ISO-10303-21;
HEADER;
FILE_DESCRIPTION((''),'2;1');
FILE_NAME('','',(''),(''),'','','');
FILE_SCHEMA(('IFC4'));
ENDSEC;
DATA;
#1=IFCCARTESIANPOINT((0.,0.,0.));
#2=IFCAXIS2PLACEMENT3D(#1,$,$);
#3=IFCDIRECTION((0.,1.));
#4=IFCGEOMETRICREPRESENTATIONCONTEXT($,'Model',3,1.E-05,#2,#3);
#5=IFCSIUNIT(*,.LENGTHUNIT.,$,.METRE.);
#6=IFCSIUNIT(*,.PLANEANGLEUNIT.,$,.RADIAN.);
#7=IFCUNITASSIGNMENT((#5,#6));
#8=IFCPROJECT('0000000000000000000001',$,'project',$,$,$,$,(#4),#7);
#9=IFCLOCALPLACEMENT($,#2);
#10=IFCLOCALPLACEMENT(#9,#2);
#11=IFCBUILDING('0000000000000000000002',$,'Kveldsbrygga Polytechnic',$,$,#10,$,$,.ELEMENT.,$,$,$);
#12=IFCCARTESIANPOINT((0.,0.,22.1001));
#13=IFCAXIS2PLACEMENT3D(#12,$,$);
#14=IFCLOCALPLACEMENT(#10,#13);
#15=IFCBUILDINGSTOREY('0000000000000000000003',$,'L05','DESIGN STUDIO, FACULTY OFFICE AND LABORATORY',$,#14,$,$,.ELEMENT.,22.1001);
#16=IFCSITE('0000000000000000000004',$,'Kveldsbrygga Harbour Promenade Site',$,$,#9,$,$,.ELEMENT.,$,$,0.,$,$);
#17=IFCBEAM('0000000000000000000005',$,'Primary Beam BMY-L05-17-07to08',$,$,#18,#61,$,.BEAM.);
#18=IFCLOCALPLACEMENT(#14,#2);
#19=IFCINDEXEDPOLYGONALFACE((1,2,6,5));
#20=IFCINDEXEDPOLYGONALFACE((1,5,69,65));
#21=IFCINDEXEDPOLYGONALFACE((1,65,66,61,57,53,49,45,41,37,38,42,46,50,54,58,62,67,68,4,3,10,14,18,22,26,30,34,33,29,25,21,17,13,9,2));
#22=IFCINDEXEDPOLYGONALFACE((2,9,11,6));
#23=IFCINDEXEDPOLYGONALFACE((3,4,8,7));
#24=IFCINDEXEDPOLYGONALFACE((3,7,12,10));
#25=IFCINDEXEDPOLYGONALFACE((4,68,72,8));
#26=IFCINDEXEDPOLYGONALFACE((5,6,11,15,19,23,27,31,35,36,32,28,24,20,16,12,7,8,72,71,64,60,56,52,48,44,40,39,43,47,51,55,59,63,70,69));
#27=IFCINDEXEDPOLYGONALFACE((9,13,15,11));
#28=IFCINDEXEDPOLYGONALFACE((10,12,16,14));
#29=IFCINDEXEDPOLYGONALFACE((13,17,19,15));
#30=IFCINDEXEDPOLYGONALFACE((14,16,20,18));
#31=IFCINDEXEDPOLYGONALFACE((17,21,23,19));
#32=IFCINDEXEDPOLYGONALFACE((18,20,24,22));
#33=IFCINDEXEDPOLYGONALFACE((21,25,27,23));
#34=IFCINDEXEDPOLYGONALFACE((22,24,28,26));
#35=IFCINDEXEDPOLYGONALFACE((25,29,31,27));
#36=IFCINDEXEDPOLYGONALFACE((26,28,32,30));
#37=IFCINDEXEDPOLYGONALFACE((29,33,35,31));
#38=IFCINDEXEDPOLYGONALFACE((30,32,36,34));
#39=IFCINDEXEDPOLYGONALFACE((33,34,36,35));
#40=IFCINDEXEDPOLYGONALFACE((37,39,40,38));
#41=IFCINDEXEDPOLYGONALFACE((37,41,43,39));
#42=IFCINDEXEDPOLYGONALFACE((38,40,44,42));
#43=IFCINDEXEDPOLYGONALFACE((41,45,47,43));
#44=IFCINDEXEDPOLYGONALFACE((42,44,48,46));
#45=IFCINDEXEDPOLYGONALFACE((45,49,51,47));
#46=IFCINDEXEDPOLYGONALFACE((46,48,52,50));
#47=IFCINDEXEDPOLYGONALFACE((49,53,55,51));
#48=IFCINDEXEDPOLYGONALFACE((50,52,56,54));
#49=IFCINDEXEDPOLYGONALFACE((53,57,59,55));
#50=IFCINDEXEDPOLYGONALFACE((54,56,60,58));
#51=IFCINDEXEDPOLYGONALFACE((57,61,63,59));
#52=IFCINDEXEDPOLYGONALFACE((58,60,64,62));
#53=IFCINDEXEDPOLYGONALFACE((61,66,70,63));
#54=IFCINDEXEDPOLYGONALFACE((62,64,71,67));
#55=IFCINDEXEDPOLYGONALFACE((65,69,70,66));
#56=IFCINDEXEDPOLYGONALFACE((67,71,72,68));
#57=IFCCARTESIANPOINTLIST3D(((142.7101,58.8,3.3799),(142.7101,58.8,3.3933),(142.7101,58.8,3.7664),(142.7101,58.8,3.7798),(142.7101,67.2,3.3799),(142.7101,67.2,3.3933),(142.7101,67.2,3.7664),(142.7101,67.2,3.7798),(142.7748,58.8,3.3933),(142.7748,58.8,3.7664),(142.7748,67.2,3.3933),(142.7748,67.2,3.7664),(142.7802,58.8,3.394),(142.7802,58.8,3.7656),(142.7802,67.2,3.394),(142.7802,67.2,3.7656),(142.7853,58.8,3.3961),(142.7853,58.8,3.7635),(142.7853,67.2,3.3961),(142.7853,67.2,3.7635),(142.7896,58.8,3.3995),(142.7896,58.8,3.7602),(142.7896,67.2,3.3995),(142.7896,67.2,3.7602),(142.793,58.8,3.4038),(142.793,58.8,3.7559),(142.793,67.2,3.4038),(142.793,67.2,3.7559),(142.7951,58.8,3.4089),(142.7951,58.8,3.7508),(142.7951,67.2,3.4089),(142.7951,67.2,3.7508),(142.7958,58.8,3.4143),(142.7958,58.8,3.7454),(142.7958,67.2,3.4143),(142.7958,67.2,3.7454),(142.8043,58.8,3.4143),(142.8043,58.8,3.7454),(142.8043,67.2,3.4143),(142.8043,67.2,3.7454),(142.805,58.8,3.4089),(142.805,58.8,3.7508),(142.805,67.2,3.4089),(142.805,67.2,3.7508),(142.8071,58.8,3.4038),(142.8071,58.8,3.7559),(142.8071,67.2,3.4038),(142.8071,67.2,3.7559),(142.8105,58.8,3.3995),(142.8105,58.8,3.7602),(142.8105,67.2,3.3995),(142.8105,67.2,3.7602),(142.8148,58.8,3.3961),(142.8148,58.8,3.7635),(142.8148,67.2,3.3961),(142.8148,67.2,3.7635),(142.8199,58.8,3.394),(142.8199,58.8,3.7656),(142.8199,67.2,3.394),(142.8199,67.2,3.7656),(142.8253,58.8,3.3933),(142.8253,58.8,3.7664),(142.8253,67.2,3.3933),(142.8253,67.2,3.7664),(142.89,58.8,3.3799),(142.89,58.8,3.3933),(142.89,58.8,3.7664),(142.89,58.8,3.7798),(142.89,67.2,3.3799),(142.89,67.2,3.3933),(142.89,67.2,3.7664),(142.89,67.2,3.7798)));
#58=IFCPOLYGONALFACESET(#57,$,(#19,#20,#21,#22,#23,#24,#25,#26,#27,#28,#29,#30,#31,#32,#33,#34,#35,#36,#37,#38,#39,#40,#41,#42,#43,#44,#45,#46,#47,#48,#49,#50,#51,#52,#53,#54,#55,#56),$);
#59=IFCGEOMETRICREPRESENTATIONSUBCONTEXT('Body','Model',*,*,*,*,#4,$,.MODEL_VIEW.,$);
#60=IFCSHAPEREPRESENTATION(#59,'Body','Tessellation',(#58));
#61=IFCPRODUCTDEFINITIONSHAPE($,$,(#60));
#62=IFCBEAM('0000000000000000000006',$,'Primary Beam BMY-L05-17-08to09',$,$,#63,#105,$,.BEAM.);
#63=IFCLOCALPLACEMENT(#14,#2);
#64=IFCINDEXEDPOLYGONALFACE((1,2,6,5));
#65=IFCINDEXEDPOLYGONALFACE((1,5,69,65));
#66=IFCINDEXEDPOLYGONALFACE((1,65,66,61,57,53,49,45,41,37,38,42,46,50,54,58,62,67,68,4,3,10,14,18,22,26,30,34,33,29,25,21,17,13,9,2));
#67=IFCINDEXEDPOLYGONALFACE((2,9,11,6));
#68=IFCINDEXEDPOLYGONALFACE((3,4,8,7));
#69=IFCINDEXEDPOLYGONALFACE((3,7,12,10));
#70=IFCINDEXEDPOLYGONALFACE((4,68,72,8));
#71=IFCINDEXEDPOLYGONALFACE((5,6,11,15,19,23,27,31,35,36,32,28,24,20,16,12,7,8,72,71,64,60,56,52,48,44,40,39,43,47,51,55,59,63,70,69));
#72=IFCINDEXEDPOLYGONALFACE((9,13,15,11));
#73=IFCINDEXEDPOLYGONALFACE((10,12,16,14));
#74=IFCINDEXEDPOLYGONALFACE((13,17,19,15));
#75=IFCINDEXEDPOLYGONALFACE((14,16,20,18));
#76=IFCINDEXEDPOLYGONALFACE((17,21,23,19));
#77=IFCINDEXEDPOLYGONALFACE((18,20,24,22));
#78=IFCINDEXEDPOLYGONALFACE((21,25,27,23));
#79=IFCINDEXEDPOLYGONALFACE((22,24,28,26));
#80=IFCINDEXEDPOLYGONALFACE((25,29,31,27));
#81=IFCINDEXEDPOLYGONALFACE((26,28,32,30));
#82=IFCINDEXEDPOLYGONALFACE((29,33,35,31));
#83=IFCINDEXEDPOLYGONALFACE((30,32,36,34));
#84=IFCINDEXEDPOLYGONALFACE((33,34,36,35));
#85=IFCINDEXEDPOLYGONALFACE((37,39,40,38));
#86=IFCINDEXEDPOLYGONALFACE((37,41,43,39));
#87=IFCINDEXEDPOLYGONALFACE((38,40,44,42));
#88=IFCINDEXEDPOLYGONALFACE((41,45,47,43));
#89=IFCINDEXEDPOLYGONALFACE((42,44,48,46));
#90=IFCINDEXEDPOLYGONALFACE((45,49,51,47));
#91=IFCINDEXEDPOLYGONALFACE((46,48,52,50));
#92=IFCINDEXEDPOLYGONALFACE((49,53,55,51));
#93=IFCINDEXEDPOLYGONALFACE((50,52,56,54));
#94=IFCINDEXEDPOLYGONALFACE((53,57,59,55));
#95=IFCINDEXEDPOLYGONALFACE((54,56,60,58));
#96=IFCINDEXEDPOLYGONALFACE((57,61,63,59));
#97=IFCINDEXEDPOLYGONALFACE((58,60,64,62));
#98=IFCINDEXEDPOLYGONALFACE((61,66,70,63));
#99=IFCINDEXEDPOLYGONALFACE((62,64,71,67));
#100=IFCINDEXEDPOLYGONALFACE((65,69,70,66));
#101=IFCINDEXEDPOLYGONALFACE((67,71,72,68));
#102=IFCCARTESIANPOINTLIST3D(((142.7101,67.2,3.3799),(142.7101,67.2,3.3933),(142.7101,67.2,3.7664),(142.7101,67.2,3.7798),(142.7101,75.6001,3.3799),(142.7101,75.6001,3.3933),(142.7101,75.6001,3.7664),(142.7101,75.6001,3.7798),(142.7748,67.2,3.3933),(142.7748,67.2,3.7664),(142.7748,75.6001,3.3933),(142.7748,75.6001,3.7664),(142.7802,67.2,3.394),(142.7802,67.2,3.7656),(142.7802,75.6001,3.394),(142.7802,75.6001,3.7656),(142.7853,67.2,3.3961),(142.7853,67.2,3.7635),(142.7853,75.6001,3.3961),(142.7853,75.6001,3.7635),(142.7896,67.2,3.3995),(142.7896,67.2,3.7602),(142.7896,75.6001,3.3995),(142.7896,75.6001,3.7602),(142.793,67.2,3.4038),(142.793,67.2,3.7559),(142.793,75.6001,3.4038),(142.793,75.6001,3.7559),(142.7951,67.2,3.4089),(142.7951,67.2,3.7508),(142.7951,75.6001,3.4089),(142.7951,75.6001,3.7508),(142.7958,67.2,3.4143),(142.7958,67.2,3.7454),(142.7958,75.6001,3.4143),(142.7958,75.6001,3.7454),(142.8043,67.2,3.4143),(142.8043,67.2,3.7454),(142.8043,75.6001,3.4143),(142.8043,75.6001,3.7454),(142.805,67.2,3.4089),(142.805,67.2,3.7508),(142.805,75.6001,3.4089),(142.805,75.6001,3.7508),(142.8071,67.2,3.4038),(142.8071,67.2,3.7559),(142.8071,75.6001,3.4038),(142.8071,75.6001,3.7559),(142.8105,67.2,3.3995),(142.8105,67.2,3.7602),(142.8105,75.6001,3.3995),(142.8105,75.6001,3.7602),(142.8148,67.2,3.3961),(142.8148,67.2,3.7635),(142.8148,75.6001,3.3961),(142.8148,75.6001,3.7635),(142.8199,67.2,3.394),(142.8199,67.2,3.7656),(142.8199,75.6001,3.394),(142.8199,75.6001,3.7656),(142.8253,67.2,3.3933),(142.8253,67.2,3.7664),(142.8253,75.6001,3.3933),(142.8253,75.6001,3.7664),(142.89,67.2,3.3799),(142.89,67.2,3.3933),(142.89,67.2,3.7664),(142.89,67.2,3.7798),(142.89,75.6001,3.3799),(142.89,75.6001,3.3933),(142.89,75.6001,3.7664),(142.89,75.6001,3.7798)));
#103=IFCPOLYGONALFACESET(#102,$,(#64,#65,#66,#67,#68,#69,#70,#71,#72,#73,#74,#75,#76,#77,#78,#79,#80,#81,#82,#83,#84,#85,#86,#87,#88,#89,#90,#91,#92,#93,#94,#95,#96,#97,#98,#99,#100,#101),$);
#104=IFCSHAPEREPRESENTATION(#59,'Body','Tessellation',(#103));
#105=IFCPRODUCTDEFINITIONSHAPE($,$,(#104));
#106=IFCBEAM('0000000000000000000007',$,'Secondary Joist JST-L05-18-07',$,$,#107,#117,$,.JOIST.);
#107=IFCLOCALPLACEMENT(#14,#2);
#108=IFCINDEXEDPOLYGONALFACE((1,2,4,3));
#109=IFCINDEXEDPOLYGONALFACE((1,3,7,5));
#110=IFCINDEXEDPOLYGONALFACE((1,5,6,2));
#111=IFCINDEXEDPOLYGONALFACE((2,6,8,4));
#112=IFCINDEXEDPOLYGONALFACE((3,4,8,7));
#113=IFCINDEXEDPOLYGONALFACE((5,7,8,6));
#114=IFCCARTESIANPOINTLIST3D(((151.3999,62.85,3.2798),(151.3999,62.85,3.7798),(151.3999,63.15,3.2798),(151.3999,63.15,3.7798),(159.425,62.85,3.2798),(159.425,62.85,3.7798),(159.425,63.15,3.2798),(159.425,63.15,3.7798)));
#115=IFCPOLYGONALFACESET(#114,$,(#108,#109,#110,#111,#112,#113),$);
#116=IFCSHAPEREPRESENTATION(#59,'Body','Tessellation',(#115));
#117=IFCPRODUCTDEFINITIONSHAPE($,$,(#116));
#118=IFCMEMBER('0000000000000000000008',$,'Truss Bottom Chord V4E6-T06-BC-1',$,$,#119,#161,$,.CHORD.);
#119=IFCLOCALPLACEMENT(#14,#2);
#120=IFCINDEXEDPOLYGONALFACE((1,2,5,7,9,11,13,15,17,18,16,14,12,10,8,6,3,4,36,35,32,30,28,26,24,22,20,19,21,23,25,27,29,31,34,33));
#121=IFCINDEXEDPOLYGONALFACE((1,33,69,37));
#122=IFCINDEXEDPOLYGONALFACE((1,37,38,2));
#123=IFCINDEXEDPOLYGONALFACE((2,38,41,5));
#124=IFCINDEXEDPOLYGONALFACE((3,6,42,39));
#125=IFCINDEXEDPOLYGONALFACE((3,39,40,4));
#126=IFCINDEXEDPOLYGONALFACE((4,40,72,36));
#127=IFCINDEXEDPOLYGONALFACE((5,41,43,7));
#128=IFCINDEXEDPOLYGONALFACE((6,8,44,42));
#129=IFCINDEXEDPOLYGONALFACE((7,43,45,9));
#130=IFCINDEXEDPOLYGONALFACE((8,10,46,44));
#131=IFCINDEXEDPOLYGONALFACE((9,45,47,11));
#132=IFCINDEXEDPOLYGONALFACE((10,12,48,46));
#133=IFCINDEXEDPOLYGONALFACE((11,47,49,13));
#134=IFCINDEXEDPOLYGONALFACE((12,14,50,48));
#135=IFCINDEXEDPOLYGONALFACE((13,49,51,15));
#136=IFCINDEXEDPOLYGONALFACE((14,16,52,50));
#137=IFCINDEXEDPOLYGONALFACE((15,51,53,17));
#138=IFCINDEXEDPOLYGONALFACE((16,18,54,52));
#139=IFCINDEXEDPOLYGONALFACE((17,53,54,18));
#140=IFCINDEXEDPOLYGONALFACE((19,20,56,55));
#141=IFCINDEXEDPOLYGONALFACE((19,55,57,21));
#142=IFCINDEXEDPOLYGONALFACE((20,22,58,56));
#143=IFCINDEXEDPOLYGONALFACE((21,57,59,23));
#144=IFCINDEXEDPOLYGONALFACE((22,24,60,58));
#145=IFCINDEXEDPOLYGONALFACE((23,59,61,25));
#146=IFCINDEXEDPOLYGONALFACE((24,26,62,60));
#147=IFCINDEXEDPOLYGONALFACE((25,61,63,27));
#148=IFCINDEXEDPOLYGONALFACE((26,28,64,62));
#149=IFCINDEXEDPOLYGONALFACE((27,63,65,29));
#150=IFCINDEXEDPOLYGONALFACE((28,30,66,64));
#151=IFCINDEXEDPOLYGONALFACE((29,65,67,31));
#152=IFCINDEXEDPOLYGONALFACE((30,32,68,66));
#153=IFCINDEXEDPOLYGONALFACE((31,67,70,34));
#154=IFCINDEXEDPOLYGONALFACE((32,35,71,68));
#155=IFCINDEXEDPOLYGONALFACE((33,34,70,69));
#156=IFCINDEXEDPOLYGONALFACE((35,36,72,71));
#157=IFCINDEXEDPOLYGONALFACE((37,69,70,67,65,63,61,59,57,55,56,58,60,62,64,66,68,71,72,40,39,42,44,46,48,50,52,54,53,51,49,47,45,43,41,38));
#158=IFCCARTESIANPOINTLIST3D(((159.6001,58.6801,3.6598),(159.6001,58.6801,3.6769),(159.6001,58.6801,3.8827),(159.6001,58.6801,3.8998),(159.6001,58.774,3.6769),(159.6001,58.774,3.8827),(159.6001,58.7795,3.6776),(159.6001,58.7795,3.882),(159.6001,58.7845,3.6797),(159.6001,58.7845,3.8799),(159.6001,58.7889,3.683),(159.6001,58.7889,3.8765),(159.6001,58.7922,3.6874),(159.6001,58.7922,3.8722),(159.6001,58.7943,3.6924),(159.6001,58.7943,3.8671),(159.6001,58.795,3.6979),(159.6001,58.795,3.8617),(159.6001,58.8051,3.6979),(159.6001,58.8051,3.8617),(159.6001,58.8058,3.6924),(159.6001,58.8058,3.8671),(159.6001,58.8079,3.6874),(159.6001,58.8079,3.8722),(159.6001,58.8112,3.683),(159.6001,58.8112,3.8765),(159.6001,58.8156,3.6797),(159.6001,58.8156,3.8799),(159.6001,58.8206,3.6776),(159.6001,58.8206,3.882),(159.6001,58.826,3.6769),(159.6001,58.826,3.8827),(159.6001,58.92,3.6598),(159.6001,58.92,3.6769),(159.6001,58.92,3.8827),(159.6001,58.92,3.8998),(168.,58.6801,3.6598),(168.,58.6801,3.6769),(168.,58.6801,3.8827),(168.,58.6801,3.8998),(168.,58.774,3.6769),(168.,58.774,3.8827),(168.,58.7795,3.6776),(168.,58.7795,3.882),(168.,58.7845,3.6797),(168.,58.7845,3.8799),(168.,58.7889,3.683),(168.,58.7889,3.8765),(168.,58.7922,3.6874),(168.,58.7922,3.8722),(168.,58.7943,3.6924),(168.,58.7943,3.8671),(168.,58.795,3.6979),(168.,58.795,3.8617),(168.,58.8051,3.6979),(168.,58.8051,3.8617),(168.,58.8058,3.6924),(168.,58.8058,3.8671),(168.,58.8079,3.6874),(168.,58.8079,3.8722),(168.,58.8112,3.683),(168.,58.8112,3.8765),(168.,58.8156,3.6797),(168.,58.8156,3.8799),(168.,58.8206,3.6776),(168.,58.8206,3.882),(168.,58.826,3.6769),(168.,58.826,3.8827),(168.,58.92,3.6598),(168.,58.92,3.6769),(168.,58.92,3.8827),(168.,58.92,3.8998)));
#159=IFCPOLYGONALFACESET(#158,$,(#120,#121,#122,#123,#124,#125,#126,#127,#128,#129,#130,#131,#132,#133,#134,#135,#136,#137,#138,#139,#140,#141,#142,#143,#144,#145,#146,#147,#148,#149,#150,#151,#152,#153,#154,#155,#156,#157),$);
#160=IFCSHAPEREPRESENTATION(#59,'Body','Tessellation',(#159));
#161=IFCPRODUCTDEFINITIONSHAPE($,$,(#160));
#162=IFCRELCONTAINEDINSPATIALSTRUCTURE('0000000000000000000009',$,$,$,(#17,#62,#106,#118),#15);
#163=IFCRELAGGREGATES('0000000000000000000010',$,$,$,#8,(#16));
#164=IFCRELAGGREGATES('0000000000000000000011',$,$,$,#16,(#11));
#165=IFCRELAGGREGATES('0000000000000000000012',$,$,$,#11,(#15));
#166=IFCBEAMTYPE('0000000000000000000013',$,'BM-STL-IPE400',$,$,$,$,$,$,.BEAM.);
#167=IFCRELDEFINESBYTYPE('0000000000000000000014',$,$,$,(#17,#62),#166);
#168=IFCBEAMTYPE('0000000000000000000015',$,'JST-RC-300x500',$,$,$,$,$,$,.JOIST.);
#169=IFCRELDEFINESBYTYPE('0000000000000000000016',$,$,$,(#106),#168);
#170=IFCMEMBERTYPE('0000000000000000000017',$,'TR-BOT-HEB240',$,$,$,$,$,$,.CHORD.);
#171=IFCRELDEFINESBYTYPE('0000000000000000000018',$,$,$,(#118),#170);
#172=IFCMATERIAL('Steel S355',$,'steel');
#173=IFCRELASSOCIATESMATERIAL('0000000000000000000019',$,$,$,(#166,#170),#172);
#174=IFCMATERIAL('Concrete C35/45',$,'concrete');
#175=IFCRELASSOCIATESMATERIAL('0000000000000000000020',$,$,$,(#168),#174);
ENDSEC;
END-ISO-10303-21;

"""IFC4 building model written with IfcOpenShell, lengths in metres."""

from ifc_helpers import new_model, si_unit, direction, frame, origin, origin_2d, place, context, subcontext, project, spatial, rectangle, i_section, extrude, material, material_profile, profile_set, type_object, element, save


model = new_model("IFC4")

# Units and contexts
model_context = context("Model", 3, precision=1e-05, world=origin(), true_north=direction((0.0, 1.0)))
body_context = subcontext(model_context, "Body", "Model", "MODEL_VIEW")
ifc_project = project(units=[si_unit("LENGTHUNIT", "METRE"), si_unit("PLANEANGLEUNIT", "RADIAN")], contexts=[model_context])

# Site, building, storey
site_placement = place(None, origin())
site = spatial("IfcSite", under=ifc_project, at=site_placement, Name="Kveldsbrygga Harbour Promenade Site", CompositionType="ELEMENT", RefElevation=0.0)
building_placement = place(site_placement, origin())
building = spatial("IfcBuilding", under=site, at=building_placement, Name="Kveldsbrygga Polytechnic", CompositionType="ELEMENT")
storey_placement = place(building_placement, frame((0.0, 0.0, 22.1001)))
storey = spatial("IfcBuildingStorey", under=building, at=storey_placement, Name="L05", Description="DESIGN STUDIO, FACULTY OFFICE AND LABORATORY", CompositionType="ELEMENT", Elevation=22.1001)

# Beams
ifc_material_1 = material(Name="Concrete C35/45", Category="concrete")
ifc_material_2 = material(Name="Steel S355", Category="steel")
ifc_material_profile_1 = material_profile(ifc_material_2, i_section(OverallWidth=0.1799, OverallDepth=0.3999, WebThickness=0.0085, FlangeThickness=0.0134, FilletRadius=0.021, at=origin_2d()), Name="IPE 400")
ifc_profile_set_1 = profile_set([ifc_material_profile_1], Name="Steel S355")
beam_type_1 = type_object("IfcBeamType", Name="BM-STL-IPE400", PredefinedType="BEAM", material=ifc_profile_set_1)
beam_1_placement = place(storey_placement, frame((142.8, 58.8, 3.5798), z_axis=(0.0, 1.0, 0.0), x_axis=(-1.0, 0.0, 0.0)))
element("IfcBeam", 1, at=beam_1_placement, inside=storey, type_object=beam_type_1, Name="Primary Beam BMY-L05-17-07to08", PredefinedType="BEAM", context=body_context, shape_type="SweptSolid", body=[
    extrude(i_section(OverallWidth=0.1799, OverallDepth=0.3999, WebThickness=0.0085, FlangeThickness=0.0134, FilletRadius=0.021, at=origin_2d()), origin(), (0.0, 0.0, 1.0), 8.3999),
])
beam_2_placement = place(storey_placement, frame((142.8, 67.2, 3.5798), z_axis=(0.0, 1.0, 0.0), x_axis=(-1.0, 0.0, 0.0)))
element("IfcBeam", 2, at=beam_2_placement, inside=storey, type_object=beam_type_1, Name="Primary Beam BMY-L05-17-08to09", PredefinedType="BEAM", context=body_context, shape_type="SweptSolid", body=[
    extrude(i_section(OverallWidth=0.1799, OverallDepth=0.3999, WebThickness=0.0085, FlangeThickness=0.0134, FilletRadius=0.021, at=origin_2d()), origin(), (0.0, 0.0, 1.0), 8.4001),
])
ifc_material_profile_2 = material_profile(ifc_material_1, rectangle(XDim=0.3, YDim=0.5, at=origin_2d()), Name="RC 300x500")
ifc_profile_set_2 = profile_set([ifc_material_profile_2], Name="Concrete C35/45")
beam_type_2 = type_object("IfcBeamType", Name="JST-RC-300x500", PredefinedType="JOIST", material=ifc_profile_set_2)
beam_3_placement = place(storey_placement, frame((151.3999, 63.0, 3.5298), z_axis=(1.0, 0.0, 0.0), x_axis=(0.0, 1.0, 0.0)))
element("IfcBeam", 3, at=beam_3_placement, inside=storey, type_object=beam_type_2, Name="Secondary Joist JST-L05-18-07", PredefinedType="JOIST", context=body_context, shape_type="SweptSolid", body=[
    extrude(rectangle(XDim=0.3, YDim=0.5, at=origin_2d()), origin(), (0.0, 0.0, 1.0), 8.0251),
])

# Member
ifc_material_profile_3 = material_profile(ifc_material_2, i_section(OverallWidth=0.24, OverallDepth=0.24, WebThickness=0.01, FlangeThickness=0.0171, FilletRadius=0.021, at=origin_2d()), Name="HEB 240")
ifc_profile_set_3 = profile_set([ifc_material_profile_3], Name="Steel S355")
member_type_1 = type_object("IfcMemberType", Name="TR-BOT-HEB240", PredefinedType="CHORD", material=ifc_profile_set_3)
for number, where, z_axis, x_axis, name in (
    (4, (159.6001, 58.8, 3.7798), (1.0, 0.0, 0.0), (0.0, 1.0, 0.0), "Truss Bottom Chord V4E6-T06-BC-1"),
):
    element("IfcMember", number, at=place(storey_placement, frame(where, z_axis=z_axis, x_axis=x_axis)), inside=storey, type_object=member_type_1, Name=name, PredefinedType="CHORD", context=body_context, shape_type="SweptSolid", body=[
        extrude(i_section(OverallWidth=0.24, OverallDepth=0.24, WebThickness=0.01, FlangeThickness=0.0171, FilletRadius=0.021, at=origin_2d()), origin(), (0.0, 0.0, 1.0), 8.3999),
    ])

save(model, "model.ifc")
